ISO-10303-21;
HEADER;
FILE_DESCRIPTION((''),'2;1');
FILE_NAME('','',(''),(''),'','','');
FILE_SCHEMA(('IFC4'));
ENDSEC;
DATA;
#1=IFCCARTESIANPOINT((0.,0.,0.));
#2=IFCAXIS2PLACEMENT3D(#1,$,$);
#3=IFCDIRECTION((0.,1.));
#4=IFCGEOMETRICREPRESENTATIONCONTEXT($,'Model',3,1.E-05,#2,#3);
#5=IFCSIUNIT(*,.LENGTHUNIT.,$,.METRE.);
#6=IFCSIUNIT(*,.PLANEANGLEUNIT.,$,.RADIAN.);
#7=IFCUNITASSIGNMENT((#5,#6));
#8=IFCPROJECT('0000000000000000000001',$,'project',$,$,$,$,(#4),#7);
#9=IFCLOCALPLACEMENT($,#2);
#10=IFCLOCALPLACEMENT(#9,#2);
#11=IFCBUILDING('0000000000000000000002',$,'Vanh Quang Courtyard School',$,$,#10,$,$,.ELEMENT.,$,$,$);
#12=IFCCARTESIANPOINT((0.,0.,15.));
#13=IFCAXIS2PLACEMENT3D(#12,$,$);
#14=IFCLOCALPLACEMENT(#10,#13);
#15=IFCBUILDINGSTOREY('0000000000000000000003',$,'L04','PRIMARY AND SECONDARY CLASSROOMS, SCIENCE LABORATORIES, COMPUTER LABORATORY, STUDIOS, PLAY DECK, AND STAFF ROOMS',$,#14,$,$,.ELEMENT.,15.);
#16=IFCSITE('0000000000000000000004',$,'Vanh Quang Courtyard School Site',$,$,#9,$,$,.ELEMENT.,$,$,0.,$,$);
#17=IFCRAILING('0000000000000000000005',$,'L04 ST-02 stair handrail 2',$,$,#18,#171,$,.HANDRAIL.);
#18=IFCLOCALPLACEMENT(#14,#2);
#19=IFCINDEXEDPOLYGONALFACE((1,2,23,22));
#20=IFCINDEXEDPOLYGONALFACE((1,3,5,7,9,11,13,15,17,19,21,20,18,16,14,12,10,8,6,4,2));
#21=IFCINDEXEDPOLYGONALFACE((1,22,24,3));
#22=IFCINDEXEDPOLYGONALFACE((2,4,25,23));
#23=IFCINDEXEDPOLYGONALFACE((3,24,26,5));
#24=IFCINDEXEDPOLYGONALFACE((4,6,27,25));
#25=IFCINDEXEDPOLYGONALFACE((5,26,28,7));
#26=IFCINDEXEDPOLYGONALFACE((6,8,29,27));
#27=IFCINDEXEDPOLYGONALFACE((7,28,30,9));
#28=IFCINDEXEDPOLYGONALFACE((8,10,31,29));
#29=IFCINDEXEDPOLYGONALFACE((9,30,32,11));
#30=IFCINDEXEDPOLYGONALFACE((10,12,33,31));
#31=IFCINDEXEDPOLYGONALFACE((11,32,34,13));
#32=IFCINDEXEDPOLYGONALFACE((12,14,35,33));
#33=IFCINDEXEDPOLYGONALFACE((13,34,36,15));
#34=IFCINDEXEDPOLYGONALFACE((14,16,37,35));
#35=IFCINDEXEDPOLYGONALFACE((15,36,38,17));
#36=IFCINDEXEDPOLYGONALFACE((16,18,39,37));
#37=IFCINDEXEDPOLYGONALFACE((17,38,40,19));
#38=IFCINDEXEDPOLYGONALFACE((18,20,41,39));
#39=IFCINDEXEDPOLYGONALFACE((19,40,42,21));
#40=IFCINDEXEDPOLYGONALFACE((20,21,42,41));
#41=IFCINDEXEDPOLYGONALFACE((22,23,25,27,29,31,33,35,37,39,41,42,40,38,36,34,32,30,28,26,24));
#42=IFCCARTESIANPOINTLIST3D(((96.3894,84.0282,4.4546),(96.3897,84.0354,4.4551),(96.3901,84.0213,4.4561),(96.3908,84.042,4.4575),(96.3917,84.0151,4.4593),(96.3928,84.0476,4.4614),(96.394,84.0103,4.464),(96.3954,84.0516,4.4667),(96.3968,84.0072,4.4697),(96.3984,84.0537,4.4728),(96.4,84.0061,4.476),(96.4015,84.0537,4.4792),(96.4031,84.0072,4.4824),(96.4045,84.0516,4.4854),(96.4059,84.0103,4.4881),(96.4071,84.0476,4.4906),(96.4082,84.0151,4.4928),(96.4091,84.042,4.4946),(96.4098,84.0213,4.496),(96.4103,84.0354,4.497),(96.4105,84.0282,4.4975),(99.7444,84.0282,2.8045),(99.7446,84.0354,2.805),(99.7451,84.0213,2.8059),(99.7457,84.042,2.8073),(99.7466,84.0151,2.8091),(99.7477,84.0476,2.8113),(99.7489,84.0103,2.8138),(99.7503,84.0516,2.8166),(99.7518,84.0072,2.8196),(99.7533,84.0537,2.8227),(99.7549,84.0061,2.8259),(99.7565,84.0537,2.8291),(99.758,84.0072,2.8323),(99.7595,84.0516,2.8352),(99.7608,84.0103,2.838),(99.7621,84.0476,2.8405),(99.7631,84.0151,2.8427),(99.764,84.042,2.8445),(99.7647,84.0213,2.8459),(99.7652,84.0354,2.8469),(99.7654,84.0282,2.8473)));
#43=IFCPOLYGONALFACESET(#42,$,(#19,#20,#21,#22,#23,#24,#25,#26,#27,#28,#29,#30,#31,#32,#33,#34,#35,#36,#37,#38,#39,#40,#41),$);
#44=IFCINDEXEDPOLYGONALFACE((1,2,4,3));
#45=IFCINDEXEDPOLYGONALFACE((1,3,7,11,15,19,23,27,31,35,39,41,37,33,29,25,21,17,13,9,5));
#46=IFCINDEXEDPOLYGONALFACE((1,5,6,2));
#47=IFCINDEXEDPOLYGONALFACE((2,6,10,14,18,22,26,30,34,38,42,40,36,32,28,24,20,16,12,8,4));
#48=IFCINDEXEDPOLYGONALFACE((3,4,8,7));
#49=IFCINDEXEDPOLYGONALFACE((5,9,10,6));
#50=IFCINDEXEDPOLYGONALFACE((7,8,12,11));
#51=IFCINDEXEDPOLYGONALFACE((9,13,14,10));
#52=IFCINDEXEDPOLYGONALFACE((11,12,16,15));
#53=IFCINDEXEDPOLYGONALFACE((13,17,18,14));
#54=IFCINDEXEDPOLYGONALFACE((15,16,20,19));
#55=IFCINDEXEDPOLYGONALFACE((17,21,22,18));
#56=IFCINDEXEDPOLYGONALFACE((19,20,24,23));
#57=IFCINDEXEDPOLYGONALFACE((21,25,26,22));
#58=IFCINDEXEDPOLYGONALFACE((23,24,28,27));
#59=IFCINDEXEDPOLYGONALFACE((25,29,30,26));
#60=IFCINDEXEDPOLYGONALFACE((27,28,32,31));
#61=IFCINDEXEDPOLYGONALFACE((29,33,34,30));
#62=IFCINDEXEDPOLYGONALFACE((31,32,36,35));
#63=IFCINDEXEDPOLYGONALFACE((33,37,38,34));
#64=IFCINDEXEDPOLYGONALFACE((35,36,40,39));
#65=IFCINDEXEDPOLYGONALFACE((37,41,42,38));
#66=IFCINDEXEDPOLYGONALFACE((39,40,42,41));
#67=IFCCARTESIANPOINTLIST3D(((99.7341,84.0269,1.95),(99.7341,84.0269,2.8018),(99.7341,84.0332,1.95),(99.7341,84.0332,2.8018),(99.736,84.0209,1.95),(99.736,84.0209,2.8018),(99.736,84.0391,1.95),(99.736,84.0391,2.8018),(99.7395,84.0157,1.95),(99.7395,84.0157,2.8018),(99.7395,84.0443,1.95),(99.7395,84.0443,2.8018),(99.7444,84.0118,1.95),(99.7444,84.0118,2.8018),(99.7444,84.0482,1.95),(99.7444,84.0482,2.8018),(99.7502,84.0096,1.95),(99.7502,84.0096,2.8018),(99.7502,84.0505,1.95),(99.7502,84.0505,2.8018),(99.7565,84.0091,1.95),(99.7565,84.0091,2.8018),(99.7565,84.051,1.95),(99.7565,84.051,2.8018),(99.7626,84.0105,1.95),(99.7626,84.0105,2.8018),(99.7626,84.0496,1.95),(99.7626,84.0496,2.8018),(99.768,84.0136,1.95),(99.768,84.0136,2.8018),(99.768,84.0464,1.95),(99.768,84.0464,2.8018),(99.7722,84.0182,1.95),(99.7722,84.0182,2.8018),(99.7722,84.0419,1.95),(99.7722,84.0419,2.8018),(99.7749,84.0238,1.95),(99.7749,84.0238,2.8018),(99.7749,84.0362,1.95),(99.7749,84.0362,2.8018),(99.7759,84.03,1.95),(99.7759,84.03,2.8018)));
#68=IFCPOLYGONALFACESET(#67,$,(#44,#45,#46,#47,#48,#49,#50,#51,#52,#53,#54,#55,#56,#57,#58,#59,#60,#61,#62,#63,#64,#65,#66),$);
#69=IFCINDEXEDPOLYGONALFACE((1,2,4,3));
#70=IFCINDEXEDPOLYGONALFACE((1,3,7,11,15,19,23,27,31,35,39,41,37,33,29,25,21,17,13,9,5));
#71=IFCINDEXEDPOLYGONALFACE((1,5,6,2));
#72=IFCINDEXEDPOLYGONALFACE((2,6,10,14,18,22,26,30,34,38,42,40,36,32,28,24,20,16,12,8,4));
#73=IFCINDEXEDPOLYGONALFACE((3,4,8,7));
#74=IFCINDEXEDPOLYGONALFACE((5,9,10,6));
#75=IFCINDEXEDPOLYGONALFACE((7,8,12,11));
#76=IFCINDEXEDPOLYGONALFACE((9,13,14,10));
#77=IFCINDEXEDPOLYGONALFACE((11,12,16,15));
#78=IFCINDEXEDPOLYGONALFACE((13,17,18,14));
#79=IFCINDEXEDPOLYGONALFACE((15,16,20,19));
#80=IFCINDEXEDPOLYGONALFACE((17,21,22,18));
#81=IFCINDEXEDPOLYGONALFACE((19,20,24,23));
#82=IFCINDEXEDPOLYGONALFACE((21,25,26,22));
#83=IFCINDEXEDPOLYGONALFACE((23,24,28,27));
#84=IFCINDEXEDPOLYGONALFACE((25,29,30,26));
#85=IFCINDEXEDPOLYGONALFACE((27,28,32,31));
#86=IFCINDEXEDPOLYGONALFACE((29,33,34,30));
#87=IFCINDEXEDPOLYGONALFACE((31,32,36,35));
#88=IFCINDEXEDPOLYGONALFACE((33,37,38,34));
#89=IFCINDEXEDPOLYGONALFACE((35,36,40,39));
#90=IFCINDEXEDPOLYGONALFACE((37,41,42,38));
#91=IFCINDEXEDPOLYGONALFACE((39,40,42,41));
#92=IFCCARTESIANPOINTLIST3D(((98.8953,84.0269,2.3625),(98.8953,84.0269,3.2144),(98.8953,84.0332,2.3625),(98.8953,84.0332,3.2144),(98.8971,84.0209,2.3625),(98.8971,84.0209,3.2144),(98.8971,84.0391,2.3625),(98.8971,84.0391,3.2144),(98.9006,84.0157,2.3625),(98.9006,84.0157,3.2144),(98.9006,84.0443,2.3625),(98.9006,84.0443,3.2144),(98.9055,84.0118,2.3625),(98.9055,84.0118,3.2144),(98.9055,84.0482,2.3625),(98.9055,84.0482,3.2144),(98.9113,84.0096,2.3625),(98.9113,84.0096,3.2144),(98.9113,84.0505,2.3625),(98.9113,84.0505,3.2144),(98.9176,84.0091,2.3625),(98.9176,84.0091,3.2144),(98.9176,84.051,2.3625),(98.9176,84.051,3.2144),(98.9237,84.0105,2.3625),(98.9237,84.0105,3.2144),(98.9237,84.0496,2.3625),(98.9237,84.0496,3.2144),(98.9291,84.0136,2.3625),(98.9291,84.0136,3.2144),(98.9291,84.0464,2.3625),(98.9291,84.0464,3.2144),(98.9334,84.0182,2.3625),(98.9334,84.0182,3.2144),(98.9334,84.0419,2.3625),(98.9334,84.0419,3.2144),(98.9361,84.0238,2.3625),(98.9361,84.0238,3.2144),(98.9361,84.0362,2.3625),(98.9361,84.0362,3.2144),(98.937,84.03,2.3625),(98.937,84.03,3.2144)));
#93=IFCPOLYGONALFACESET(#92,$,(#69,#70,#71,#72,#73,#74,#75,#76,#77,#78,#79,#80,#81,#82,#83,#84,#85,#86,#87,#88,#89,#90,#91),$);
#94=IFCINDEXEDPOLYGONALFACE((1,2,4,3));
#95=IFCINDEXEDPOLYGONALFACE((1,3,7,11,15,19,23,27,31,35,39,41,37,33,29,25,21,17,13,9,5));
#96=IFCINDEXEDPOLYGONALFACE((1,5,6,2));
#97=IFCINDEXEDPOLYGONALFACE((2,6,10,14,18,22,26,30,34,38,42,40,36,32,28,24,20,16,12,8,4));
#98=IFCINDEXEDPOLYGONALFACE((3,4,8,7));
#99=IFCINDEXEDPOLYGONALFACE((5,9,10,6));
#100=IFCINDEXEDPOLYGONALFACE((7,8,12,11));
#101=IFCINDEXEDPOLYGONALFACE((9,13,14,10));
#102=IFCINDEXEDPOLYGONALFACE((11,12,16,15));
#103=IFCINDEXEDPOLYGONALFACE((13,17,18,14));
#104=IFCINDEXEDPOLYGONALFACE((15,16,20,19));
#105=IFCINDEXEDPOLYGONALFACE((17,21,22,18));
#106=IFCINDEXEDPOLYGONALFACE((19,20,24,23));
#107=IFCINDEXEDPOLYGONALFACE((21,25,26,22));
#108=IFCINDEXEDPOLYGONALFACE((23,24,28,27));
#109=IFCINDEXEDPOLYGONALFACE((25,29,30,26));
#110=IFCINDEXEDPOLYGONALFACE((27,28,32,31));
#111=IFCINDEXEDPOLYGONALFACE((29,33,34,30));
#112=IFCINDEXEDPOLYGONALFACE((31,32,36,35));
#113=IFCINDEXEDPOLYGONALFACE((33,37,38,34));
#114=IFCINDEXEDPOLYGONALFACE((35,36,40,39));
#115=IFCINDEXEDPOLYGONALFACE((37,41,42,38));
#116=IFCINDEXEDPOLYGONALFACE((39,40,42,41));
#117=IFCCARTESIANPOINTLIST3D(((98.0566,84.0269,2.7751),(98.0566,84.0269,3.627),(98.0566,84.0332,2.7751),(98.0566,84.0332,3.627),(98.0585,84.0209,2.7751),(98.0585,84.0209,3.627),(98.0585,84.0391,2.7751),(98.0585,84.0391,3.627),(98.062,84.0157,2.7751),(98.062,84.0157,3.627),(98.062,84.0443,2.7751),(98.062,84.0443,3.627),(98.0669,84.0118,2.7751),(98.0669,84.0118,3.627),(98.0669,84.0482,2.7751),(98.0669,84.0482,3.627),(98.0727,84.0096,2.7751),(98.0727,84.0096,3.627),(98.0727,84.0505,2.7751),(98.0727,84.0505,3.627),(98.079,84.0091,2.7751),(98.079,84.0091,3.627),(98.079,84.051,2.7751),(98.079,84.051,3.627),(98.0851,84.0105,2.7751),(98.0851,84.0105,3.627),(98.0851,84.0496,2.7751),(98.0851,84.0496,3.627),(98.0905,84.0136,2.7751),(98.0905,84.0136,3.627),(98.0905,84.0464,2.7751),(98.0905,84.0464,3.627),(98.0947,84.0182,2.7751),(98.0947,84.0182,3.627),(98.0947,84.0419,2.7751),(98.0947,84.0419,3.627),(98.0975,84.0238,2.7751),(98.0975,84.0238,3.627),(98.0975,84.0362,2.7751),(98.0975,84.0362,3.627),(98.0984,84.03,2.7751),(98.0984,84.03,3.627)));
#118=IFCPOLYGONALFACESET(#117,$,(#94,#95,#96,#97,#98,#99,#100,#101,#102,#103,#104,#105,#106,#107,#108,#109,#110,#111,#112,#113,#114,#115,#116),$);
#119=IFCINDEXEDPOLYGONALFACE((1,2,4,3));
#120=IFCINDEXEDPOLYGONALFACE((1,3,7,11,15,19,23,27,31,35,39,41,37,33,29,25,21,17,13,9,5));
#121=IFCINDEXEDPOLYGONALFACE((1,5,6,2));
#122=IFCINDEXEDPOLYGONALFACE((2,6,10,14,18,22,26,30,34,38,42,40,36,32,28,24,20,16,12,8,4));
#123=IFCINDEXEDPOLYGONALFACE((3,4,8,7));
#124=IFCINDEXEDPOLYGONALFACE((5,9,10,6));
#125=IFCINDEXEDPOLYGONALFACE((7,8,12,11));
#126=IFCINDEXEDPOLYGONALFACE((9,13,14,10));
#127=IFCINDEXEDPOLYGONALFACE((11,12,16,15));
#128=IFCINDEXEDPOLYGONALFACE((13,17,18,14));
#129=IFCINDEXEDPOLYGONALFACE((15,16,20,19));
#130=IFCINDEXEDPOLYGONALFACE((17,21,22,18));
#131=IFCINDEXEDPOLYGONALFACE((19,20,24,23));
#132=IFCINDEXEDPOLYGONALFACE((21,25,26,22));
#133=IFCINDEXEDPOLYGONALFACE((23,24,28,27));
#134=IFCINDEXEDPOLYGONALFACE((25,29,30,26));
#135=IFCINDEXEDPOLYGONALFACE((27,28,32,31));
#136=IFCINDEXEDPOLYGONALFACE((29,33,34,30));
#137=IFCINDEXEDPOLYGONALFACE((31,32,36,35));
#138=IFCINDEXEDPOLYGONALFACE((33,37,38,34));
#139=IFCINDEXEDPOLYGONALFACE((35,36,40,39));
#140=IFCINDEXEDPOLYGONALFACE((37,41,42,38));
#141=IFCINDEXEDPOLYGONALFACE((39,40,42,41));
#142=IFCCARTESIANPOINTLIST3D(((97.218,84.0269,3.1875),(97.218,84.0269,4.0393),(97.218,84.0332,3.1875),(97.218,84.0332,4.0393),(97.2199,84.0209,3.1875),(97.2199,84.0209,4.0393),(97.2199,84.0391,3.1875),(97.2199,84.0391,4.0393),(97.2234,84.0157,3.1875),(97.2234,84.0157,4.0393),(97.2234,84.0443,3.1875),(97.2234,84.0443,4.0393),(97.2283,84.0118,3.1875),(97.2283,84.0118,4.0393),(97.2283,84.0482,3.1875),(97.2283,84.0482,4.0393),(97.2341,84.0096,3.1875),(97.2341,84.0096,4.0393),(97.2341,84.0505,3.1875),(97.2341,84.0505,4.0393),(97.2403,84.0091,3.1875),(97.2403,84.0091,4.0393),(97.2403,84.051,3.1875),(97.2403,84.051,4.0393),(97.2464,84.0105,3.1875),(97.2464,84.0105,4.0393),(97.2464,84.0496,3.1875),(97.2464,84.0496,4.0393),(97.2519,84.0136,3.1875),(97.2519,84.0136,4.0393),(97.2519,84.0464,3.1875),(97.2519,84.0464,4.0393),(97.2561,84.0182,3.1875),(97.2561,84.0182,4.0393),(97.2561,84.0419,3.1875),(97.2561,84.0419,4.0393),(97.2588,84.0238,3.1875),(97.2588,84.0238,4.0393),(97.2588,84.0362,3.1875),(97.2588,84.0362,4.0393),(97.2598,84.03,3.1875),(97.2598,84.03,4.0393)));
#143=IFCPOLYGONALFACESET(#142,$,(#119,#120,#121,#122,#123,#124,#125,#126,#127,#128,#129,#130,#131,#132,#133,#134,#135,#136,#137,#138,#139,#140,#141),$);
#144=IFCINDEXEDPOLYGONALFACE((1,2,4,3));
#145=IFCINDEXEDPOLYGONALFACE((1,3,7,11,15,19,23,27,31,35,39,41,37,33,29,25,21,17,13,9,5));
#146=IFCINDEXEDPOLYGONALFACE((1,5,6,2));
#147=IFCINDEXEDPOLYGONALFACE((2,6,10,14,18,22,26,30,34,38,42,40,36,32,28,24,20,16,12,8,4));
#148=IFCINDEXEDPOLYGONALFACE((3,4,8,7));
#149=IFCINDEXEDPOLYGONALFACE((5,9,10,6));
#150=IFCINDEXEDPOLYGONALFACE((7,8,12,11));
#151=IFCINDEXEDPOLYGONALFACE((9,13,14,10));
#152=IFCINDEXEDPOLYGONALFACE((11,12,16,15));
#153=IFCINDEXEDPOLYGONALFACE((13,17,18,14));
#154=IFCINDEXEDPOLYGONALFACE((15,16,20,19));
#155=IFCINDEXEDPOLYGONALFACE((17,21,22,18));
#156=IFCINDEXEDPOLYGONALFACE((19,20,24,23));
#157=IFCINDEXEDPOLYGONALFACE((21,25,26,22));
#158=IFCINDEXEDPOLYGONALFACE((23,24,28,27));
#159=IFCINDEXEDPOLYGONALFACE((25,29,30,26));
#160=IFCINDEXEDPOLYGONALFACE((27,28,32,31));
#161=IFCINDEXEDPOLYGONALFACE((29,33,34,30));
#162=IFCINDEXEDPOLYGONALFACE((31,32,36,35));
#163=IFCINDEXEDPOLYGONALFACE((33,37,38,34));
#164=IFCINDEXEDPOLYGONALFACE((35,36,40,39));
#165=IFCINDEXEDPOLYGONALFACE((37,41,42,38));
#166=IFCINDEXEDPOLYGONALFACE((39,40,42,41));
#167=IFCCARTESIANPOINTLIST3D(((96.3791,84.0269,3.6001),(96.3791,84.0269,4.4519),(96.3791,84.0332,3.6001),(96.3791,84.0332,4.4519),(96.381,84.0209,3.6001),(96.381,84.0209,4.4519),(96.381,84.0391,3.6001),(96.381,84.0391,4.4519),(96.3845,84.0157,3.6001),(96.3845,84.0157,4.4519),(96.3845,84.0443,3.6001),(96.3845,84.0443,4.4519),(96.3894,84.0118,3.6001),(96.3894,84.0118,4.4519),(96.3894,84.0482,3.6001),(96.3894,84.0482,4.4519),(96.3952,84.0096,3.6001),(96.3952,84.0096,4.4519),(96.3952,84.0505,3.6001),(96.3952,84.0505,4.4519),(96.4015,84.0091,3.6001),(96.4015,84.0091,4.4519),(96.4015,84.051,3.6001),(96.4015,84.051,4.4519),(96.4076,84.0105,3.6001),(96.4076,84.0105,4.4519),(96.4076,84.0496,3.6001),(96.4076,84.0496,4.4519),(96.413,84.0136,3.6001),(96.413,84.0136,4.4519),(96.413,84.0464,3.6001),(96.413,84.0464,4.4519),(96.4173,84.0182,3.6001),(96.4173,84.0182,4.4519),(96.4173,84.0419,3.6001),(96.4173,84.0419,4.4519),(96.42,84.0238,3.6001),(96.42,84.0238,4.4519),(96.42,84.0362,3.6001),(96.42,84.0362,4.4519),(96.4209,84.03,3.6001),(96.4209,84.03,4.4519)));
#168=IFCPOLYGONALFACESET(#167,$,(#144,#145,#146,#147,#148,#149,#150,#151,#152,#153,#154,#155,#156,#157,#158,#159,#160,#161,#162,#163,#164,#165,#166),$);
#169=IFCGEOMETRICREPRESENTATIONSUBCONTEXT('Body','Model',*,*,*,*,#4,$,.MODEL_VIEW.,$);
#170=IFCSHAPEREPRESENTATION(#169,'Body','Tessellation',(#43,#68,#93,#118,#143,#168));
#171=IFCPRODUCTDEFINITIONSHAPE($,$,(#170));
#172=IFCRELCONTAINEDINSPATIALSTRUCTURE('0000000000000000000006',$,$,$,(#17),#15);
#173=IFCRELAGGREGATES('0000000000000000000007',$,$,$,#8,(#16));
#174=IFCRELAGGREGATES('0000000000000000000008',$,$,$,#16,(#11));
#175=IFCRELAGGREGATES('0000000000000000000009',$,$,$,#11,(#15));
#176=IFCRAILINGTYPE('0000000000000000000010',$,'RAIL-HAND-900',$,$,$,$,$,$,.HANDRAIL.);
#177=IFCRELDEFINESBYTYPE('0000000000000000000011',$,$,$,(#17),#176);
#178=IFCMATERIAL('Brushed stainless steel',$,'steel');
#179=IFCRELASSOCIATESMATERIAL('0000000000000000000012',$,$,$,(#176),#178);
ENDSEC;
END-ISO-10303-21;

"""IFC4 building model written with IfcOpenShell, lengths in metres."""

from ifc_helpers import new_model, si_unit, direction, frame, origin, origin_2d, place, context, subcontext, project, spatial, circle, extrude, material, type_object, element, save


model = new_model("IFC4")

# Units and contexts
model_context = context("Model", 3, precision=1e-05, world=origin(), true_north=direction((0.0, 1.0)))
body_context = subcontext(model_context, "Body", "Model", "MODEL_VIEW")
ifc_project = project(units=[si_unit("LENGTHUNIT", "METRE"), si_unit("PLANEANGLEUNIT", "RADIAN")], contexts=[model_context])

# Site, building, storey
site_placement = place(None, origin())
site = spatial("IfcSite", under=ifc_project, at=site_placement, Name="Vanh Quang Courtyard School Site", CompositionType="ELEMENT", RefElevation=0.0)
building_placement = place(site_placement, origin())
building = spatial("IfcBuilding", under=site, at=building_placement, Name="Vanh Quang Courtyard School", CompositionType="ELEMENT")
storey_placement = place(building_placement, frame((0.0, 0.0, 15.0)))
storey = spatial("IfcBuildingStorey", under=building, at=storey_placement, Name="L04", Description="PRIMARY AND SECONDARY CLASSROOMS, SCIENCE LABORATORIES, COMPUTER LABORATORY, STUDIOS, PLAY DECK, AND STAFF ROOMS", CompositionType="ELEMENT", Elevation=15.0)

# Railing
ifc_material_1 = material(Name="Brushed stainless steel", Category="steel")
railing_type_1 = type_object("IfcRailingType", Name="RAIL-HAND-900", PredefinedType="HANDRAIL", material=ifc_material_1)
railing_1_placement = place(storey_placement, frame((99.7549, 84.03, 1.95)))
element("IfcRailing", 1, at=railing_1_placement, inside=storey, type_object=railing_type_1, Name="L04 ST-02 stair handrail 2", PredefinedType="HANDRAIL", context=body_context, shape_type="SweptSolid", body=[
    extrude(circle(Radius=0.0239, at=origin_2d()), frame((0.0, 0.0, 0.876), z_axis=(-0.897333, 0.0, 0.441353), x_axis=(0.0, -1.0, 0.0)), (0.0, 0.0, 1.0), 3.7388),
    extrude(circle(Radius=0.021, at=origin_2d()), origin(), (0.0, 0.0, 1.0), 0.8518),
    extrude(circle(Radius=0.021, at=origin_2d()), frame((-0.8389, 0.0, 0.4126)), (0.0, 0.0, 1.0), 0.8518),
    extrude(circle(Radius=0.021, at=origin_2d()), frame((-1.6775, 0.0, 0.8252)), (0.0, 0.0, 1.0), 0.8518),
    extrude(circle(Radius=0.021, at=origin_2d()), frame((-2.5161, 0.0, 1.2375)), (0.0, 0.0, 1.0), 0.8518),
    extrude(circle(Radius=0.021, at=origin_2d()), frame((-3.355, 0.0, 1.6501)), (0.0, 0.0, 1.0), 0.8518),
])

save(model, "model.ifc")
